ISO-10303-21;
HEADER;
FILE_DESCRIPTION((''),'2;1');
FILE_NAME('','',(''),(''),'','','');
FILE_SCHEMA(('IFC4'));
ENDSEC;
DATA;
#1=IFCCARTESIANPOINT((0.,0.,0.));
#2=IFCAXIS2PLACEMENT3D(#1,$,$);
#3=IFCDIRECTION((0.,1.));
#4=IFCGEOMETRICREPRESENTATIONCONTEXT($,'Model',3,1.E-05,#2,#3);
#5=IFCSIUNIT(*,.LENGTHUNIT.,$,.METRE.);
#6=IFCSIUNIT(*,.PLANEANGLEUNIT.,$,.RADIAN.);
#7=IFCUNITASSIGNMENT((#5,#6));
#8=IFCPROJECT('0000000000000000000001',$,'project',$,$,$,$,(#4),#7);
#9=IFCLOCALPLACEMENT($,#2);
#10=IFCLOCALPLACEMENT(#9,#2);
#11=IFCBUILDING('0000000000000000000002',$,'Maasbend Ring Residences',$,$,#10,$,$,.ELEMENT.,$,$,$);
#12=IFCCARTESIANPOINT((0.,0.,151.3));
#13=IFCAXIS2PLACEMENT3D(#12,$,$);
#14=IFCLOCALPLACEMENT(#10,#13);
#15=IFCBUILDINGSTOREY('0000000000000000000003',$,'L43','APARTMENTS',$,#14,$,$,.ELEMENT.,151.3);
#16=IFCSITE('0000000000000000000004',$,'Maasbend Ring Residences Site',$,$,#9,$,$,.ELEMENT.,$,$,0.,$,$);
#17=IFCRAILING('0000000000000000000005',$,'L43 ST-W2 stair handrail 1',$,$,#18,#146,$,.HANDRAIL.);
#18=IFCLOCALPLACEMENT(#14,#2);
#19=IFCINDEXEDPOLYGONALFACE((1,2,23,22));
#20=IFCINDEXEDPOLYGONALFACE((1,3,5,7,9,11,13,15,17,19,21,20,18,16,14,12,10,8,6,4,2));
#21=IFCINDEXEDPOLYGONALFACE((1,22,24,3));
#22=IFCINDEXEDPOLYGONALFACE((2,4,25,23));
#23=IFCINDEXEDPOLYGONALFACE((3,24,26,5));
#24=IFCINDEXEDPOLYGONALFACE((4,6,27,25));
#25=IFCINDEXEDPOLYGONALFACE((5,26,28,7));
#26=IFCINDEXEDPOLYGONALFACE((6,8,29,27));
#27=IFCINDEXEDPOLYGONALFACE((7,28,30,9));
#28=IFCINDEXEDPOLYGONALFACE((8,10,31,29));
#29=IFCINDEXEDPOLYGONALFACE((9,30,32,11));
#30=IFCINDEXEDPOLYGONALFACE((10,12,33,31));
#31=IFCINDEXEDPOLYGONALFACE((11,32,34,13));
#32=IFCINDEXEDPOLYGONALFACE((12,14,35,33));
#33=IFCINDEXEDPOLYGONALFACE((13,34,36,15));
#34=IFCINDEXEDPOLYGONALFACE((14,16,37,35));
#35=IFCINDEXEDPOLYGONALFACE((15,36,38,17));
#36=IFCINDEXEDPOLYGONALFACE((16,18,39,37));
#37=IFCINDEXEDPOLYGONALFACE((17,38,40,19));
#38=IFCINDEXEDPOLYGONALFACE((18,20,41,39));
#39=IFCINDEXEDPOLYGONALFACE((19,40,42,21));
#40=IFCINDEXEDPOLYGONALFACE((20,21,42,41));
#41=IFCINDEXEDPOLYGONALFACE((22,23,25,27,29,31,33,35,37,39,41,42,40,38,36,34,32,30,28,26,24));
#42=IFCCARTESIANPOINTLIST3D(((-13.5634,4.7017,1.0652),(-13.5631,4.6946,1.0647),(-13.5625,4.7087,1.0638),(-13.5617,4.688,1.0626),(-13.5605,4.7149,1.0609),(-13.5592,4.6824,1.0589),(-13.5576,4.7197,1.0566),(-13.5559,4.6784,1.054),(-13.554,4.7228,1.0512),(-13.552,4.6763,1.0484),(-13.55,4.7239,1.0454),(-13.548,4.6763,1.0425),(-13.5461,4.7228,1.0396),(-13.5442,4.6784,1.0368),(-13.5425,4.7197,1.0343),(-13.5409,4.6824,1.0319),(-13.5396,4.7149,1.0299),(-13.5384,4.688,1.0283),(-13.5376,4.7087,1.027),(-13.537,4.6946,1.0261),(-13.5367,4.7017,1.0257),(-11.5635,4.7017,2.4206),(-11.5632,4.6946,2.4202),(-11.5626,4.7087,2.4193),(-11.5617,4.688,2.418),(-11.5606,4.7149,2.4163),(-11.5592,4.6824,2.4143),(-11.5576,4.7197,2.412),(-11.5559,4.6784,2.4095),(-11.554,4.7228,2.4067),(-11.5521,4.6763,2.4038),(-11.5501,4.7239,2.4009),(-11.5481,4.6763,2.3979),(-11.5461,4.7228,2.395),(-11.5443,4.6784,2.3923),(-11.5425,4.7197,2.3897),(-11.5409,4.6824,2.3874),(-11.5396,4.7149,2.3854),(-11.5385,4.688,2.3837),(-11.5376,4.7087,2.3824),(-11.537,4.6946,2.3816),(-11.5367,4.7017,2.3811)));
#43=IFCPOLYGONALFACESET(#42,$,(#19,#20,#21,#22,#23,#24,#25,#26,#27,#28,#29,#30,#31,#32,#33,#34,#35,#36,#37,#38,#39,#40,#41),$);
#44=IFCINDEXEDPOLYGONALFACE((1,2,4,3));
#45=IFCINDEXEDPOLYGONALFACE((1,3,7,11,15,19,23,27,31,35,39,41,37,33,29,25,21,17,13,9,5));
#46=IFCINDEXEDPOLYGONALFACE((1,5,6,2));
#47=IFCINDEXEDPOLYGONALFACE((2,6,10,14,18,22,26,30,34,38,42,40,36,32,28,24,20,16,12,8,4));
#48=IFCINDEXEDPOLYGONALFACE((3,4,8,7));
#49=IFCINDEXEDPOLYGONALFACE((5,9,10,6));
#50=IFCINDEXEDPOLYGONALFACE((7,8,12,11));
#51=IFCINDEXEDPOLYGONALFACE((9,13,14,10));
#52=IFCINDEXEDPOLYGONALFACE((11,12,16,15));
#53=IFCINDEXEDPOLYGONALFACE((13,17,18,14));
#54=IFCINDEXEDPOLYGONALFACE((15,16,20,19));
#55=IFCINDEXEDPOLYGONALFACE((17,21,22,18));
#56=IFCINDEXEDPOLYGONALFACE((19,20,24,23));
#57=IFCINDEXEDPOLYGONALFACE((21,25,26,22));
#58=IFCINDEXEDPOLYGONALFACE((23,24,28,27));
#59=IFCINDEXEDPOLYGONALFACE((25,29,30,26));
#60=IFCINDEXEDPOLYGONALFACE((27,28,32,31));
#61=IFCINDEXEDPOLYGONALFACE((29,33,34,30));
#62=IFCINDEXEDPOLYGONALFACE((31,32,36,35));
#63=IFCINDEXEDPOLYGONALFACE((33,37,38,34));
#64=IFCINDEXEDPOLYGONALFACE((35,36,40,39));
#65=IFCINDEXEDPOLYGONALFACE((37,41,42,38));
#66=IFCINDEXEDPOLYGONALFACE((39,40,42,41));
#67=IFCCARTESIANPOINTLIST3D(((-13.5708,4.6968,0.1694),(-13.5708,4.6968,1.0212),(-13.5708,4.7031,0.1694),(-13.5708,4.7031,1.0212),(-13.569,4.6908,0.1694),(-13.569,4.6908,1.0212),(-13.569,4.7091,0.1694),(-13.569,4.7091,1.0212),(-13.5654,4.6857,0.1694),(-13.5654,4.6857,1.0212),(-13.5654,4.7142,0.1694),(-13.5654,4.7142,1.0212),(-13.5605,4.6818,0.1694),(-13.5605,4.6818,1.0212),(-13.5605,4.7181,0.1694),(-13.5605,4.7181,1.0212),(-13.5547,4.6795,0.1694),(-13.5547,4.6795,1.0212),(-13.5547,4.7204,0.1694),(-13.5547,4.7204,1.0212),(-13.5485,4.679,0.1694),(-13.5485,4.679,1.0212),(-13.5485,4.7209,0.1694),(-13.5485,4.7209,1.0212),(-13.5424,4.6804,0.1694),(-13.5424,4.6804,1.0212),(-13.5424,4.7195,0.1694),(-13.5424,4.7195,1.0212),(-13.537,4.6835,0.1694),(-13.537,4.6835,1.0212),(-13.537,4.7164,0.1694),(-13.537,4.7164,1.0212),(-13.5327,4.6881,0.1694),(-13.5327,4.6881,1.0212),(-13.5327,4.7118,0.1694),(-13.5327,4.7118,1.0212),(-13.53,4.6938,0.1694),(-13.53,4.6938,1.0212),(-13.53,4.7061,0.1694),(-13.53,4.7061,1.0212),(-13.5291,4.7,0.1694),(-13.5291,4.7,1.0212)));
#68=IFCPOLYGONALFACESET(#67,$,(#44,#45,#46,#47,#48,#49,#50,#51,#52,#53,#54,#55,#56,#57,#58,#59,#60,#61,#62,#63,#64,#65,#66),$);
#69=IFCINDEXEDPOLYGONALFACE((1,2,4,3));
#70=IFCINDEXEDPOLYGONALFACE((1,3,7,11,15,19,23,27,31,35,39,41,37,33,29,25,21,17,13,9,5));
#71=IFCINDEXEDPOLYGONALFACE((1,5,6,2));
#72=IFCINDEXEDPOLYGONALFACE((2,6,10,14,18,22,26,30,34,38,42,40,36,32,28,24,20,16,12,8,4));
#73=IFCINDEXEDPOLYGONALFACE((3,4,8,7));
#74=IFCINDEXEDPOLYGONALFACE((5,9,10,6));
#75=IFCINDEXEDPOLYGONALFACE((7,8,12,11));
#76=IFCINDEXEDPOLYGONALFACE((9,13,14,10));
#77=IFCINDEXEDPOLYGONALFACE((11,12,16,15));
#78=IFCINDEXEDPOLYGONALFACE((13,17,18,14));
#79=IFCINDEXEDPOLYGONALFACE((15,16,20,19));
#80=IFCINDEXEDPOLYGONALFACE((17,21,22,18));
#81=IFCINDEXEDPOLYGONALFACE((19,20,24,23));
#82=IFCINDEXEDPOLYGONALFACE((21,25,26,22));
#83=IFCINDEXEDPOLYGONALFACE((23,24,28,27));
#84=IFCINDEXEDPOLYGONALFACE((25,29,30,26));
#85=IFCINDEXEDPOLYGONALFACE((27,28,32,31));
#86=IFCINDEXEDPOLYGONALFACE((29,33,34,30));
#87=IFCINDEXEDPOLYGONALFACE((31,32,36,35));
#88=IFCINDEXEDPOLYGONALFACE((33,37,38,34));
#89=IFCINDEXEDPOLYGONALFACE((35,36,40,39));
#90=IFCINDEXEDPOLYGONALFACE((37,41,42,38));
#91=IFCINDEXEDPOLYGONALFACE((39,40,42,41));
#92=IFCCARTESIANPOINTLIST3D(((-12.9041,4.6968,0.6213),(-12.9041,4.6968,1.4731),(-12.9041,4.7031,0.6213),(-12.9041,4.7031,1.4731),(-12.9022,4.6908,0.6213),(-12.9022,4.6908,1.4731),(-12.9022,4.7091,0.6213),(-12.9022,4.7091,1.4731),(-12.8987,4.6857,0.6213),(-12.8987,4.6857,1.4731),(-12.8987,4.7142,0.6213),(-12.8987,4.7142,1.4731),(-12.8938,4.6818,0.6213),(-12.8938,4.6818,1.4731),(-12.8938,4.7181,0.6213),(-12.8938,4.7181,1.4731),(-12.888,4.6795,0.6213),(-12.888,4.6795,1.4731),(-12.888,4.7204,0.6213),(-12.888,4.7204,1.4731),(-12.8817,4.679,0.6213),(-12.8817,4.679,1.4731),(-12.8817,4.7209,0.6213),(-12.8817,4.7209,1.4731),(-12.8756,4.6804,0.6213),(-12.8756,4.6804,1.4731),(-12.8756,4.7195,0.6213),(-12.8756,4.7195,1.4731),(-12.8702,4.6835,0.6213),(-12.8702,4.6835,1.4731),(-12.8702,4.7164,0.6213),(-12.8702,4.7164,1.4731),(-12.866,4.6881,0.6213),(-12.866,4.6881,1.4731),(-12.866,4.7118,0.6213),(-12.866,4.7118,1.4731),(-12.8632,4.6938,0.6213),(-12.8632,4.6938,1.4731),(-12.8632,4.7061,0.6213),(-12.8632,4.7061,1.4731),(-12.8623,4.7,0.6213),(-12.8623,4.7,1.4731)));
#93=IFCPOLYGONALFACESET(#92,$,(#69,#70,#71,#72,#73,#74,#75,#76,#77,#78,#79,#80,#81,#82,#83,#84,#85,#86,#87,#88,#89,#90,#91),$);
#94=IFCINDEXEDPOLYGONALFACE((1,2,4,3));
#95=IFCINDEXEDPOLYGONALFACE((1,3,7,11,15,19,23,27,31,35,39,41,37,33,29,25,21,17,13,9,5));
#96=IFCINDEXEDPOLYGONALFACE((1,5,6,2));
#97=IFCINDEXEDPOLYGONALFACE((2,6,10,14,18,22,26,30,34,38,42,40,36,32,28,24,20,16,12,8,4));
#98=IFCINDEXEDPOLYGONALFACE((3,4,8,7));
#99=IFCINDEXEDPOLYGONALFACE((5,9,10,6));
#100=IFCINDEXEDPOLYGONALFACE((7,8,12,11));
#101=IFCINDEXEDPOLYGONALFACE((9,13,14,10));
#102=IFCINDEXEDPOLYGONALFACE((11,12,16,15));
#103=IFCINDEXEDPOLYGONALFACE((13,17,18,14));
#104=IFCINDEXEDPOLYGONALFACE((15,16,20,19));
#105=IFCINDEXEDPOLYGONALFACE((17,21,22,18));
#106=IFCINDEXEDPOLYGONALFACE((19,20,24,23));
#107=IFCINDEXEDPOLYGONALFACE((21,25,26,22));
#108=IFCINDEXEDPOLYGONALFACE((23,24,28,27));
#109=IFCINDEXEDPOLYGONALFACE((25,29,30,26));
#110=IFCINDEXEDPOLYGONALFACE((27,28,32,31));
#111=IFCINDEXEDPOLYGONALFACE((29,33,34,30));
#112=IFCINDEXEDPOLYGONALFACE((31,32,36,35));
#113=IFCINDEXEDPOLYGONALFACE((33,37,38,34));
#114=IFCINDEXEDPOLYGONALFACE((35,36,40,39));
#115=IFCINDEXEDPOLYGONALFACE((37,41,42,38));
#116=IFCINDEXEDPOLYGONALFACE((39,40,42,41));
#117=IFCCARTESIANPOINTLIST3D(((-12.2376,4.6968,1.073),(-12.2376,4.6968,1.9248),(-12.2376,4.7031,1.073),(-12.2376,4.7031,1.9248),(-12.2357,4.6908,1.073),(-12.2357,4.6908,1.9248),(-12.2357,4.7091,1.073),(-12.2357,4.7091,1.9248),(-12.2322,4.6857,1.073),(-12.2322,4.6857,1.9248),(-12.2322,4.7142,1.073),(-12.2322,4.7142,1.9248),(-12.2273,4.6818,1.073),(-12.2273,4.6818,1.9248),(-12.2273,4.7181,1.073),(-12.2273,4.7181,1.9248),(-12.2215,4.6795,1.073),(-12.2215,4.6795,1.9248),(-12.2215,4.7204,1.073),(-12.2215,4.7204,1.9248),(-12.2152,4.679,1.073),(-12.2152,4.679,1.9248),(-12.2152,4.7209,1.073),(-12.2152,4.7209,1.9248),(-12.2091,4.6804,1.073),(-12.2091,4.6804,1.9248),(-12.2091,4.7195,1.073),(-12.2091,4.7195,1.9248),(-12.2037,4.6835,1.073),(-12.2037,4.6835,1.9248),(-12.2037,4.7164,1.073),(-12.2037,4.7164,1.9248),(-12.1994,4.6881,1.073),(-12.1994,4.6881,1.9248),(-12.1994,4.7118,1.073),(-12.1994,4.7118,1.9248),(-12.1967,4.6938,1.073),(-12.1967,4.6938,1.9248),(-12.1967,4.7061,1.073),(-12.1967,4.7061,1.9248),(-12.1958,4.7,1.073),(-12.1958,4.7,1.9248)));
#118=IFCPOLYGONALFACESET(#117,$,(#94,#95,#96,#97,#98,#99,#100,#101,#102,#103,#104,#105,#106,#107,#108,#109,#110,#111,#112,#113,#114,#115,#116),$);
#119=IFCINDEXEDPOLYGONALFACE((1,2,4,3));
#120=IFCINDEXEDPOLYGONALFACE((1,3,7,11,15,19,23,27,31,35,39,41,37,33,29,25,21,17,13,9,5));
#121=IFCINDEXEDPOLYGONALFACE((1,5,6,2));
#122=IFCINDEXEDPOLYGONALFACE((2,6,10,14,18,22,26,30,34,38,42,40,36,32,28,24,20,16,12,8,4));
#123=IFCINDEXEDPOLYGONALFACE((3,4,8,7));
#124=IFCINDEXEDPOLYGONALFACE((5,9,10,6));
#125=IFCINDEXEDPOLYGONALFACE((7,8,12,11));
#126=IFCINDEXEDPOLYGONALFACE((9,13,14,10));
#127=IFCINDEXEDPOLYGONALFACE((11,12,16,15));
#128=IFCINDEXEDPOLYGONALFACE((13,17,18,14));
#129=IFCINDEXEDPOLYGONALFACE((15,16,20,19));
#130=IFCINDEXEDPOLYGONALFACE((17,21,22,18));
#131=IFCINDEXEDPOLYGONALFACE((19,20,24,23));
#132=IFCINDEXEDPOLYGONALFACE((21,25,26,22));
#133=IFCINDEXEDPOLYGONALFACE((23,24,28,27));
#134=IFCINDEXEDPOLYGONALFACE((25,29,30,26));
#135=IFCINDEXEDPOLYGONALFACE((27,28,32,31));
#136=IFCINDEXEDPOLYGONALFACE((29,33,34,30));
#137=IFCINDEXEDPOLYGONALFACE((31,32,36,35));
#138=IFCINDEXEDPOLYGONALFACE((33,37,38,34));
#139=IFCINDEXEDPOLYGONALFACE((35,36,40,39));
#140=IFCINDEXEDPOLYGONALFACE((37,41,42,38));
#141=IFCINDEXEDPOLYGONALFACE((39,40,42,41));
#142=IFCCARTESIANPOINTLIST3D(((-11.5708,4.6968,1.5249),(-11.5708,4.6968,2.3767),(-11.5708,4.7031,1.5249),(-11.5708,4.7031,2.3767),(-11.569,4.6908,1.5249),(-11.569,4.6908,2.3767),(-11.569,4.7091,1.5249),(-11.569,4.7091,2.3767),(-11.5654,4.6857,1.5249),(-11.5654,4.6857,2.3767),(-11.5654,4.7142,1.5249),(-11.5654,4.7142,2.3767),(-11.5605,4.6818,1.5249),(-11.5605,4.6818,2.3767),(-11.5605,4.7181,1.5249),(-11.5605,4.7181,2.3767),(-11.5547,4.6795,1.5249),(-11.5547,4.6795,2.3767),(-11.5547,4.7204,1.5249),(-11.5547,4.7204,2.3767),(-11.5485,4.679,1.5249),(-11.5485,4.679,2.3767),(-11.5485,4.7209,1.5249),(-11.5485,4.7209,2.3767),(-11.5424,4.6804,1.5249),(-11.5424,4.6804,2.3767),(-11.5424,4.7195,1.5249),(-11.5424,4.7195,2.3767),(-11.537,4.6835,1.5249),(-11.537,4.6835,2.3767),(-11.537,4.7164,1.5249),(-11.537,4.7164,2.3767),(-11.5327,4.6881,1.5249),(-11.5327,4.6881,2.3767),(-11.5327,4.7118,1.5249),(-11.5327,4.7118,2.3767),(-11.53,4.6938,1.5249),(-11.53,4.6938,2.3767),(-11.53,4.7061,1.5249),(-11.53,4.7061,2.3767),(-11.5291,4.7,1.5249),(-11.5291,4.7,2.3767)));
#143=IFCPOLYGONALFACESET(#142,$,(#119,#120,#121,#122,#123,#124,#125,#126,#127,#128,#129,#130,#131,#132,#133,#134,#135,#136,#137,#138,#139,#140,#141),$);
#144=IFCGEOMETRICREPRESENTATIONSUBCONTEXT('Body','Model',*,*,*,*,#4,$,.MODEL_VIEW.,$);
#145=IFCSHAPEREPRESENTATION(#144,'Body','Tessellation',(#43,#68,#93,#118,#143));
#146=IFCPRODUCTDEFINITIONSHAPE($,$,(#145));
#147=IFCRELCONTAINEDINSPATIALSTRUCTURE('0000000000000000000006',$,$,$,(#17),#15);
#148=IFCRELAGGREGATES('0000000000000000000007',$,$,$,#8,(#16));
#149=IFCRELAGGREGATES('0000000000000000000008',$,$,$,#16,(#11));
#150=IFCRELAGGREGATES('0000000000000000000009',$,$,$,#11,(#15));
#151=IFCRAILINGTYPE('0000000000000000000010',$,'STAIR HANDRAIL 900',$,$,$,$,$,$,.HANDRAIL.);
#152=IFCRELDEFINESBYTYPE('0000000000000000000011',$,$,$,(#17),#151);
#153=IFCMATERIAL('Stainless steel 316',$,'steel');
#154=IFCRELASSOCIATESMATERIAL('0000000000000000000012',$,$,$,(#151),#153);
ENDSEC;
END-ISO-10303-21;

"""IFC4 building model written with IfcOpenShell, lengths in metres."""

from ifc_helpers import new_model, si_unit, direction, frame, origin, origin_2d, place, context, subcontext, project, spatial, circle, extrude, material, type_object, element, save


model = new_model("IFC4")

# Units and contexts
model_context = context("Model", 3, precision=1e-05, world=origin(), true_north=direction((0.0, 1.0)))
body_context = subcontext(model_context, "Body", "Model", "MODEL_VIEW")
ifc_project = project(units=[si_unit("LENGTHUNIT", "METRE"), si_unit("PLANEANGLEUNIT", "RADIAN")], contexts=[model_context])

# Site, building, storey
site_placement = place(None, origin())
site = spatial("IfcSite", under=ifc_project, at=site_placement, Name="Maasbend Ring Residences Site", CompositionType="ELEMENT", RefElevation=0.0)
building_placement = place(site_placement, origin())
building = spatial("IfcBuilding", under=site, at=building_placement, Name="Maasbend Ring Residences", CompositionType="ELEMENT")
storey_placement = place(building_placement, frame((0.0, 0.0, 151.3)))
storey = spatial("IfcBuildingStorey", under=building, at=storey_placement, Name="L43", Description="APARTMENTS", CompositionType="ELEMENT", Elevation=151.3)

# Railing
ifc_material_1 = material(Name="Stainless steel 316", Category="steel")
railing_type_1 = type_object("IfcRailingType", Name="STAIR HANDRAIL 900", PredefinedType="HANDRAIL", material=ifc_material_1)
railing_1_placement = place(storey_placement, frame((-13.55, 4.7, 0.1694)))
element("IfcRailing", 1, at=railing_1_placement, inside=storey, type_object=railing_type_1, Name="L43 ST-W2 stair handrail 1", PredefinedType="HANDRAIL", context=body_context, shape_type="SweptSolid", body=[
    extrude(circle(Radius=0.0239, at=origin_2d()), frame((0.0, 0.0, 0.876), z_axis=(0.827798, 0.0, 0.561027), x_axis=(0.0, 1.0, 0.0)), (0.0, 0.0, 1.0), 2.416),
    extrude(circle(Radius=0.021, at=origin_2d()), origin(), (0.0, 0.0, 1.0), 0.8518),
    extrude(circle(Radius=0.021, at=origin_2d()), frame((0.6667, 0.0, 0.4519)), (0.0, 0.0, 1.0), 0.8518),
    extrude(circle(Radius=0.021, at=origin_2d()), frame((1.3333, 0.0, 0.9036)), (0.0, 0.0, 1.0), 0.8518),
    extrude(circle(Radius=0.021, at=origin_2d()), frame((2.0, 0.0, 1.3555)), (0.0, 0.0, 1.0), 0.8518),
])

save(model, "model.ifc")
